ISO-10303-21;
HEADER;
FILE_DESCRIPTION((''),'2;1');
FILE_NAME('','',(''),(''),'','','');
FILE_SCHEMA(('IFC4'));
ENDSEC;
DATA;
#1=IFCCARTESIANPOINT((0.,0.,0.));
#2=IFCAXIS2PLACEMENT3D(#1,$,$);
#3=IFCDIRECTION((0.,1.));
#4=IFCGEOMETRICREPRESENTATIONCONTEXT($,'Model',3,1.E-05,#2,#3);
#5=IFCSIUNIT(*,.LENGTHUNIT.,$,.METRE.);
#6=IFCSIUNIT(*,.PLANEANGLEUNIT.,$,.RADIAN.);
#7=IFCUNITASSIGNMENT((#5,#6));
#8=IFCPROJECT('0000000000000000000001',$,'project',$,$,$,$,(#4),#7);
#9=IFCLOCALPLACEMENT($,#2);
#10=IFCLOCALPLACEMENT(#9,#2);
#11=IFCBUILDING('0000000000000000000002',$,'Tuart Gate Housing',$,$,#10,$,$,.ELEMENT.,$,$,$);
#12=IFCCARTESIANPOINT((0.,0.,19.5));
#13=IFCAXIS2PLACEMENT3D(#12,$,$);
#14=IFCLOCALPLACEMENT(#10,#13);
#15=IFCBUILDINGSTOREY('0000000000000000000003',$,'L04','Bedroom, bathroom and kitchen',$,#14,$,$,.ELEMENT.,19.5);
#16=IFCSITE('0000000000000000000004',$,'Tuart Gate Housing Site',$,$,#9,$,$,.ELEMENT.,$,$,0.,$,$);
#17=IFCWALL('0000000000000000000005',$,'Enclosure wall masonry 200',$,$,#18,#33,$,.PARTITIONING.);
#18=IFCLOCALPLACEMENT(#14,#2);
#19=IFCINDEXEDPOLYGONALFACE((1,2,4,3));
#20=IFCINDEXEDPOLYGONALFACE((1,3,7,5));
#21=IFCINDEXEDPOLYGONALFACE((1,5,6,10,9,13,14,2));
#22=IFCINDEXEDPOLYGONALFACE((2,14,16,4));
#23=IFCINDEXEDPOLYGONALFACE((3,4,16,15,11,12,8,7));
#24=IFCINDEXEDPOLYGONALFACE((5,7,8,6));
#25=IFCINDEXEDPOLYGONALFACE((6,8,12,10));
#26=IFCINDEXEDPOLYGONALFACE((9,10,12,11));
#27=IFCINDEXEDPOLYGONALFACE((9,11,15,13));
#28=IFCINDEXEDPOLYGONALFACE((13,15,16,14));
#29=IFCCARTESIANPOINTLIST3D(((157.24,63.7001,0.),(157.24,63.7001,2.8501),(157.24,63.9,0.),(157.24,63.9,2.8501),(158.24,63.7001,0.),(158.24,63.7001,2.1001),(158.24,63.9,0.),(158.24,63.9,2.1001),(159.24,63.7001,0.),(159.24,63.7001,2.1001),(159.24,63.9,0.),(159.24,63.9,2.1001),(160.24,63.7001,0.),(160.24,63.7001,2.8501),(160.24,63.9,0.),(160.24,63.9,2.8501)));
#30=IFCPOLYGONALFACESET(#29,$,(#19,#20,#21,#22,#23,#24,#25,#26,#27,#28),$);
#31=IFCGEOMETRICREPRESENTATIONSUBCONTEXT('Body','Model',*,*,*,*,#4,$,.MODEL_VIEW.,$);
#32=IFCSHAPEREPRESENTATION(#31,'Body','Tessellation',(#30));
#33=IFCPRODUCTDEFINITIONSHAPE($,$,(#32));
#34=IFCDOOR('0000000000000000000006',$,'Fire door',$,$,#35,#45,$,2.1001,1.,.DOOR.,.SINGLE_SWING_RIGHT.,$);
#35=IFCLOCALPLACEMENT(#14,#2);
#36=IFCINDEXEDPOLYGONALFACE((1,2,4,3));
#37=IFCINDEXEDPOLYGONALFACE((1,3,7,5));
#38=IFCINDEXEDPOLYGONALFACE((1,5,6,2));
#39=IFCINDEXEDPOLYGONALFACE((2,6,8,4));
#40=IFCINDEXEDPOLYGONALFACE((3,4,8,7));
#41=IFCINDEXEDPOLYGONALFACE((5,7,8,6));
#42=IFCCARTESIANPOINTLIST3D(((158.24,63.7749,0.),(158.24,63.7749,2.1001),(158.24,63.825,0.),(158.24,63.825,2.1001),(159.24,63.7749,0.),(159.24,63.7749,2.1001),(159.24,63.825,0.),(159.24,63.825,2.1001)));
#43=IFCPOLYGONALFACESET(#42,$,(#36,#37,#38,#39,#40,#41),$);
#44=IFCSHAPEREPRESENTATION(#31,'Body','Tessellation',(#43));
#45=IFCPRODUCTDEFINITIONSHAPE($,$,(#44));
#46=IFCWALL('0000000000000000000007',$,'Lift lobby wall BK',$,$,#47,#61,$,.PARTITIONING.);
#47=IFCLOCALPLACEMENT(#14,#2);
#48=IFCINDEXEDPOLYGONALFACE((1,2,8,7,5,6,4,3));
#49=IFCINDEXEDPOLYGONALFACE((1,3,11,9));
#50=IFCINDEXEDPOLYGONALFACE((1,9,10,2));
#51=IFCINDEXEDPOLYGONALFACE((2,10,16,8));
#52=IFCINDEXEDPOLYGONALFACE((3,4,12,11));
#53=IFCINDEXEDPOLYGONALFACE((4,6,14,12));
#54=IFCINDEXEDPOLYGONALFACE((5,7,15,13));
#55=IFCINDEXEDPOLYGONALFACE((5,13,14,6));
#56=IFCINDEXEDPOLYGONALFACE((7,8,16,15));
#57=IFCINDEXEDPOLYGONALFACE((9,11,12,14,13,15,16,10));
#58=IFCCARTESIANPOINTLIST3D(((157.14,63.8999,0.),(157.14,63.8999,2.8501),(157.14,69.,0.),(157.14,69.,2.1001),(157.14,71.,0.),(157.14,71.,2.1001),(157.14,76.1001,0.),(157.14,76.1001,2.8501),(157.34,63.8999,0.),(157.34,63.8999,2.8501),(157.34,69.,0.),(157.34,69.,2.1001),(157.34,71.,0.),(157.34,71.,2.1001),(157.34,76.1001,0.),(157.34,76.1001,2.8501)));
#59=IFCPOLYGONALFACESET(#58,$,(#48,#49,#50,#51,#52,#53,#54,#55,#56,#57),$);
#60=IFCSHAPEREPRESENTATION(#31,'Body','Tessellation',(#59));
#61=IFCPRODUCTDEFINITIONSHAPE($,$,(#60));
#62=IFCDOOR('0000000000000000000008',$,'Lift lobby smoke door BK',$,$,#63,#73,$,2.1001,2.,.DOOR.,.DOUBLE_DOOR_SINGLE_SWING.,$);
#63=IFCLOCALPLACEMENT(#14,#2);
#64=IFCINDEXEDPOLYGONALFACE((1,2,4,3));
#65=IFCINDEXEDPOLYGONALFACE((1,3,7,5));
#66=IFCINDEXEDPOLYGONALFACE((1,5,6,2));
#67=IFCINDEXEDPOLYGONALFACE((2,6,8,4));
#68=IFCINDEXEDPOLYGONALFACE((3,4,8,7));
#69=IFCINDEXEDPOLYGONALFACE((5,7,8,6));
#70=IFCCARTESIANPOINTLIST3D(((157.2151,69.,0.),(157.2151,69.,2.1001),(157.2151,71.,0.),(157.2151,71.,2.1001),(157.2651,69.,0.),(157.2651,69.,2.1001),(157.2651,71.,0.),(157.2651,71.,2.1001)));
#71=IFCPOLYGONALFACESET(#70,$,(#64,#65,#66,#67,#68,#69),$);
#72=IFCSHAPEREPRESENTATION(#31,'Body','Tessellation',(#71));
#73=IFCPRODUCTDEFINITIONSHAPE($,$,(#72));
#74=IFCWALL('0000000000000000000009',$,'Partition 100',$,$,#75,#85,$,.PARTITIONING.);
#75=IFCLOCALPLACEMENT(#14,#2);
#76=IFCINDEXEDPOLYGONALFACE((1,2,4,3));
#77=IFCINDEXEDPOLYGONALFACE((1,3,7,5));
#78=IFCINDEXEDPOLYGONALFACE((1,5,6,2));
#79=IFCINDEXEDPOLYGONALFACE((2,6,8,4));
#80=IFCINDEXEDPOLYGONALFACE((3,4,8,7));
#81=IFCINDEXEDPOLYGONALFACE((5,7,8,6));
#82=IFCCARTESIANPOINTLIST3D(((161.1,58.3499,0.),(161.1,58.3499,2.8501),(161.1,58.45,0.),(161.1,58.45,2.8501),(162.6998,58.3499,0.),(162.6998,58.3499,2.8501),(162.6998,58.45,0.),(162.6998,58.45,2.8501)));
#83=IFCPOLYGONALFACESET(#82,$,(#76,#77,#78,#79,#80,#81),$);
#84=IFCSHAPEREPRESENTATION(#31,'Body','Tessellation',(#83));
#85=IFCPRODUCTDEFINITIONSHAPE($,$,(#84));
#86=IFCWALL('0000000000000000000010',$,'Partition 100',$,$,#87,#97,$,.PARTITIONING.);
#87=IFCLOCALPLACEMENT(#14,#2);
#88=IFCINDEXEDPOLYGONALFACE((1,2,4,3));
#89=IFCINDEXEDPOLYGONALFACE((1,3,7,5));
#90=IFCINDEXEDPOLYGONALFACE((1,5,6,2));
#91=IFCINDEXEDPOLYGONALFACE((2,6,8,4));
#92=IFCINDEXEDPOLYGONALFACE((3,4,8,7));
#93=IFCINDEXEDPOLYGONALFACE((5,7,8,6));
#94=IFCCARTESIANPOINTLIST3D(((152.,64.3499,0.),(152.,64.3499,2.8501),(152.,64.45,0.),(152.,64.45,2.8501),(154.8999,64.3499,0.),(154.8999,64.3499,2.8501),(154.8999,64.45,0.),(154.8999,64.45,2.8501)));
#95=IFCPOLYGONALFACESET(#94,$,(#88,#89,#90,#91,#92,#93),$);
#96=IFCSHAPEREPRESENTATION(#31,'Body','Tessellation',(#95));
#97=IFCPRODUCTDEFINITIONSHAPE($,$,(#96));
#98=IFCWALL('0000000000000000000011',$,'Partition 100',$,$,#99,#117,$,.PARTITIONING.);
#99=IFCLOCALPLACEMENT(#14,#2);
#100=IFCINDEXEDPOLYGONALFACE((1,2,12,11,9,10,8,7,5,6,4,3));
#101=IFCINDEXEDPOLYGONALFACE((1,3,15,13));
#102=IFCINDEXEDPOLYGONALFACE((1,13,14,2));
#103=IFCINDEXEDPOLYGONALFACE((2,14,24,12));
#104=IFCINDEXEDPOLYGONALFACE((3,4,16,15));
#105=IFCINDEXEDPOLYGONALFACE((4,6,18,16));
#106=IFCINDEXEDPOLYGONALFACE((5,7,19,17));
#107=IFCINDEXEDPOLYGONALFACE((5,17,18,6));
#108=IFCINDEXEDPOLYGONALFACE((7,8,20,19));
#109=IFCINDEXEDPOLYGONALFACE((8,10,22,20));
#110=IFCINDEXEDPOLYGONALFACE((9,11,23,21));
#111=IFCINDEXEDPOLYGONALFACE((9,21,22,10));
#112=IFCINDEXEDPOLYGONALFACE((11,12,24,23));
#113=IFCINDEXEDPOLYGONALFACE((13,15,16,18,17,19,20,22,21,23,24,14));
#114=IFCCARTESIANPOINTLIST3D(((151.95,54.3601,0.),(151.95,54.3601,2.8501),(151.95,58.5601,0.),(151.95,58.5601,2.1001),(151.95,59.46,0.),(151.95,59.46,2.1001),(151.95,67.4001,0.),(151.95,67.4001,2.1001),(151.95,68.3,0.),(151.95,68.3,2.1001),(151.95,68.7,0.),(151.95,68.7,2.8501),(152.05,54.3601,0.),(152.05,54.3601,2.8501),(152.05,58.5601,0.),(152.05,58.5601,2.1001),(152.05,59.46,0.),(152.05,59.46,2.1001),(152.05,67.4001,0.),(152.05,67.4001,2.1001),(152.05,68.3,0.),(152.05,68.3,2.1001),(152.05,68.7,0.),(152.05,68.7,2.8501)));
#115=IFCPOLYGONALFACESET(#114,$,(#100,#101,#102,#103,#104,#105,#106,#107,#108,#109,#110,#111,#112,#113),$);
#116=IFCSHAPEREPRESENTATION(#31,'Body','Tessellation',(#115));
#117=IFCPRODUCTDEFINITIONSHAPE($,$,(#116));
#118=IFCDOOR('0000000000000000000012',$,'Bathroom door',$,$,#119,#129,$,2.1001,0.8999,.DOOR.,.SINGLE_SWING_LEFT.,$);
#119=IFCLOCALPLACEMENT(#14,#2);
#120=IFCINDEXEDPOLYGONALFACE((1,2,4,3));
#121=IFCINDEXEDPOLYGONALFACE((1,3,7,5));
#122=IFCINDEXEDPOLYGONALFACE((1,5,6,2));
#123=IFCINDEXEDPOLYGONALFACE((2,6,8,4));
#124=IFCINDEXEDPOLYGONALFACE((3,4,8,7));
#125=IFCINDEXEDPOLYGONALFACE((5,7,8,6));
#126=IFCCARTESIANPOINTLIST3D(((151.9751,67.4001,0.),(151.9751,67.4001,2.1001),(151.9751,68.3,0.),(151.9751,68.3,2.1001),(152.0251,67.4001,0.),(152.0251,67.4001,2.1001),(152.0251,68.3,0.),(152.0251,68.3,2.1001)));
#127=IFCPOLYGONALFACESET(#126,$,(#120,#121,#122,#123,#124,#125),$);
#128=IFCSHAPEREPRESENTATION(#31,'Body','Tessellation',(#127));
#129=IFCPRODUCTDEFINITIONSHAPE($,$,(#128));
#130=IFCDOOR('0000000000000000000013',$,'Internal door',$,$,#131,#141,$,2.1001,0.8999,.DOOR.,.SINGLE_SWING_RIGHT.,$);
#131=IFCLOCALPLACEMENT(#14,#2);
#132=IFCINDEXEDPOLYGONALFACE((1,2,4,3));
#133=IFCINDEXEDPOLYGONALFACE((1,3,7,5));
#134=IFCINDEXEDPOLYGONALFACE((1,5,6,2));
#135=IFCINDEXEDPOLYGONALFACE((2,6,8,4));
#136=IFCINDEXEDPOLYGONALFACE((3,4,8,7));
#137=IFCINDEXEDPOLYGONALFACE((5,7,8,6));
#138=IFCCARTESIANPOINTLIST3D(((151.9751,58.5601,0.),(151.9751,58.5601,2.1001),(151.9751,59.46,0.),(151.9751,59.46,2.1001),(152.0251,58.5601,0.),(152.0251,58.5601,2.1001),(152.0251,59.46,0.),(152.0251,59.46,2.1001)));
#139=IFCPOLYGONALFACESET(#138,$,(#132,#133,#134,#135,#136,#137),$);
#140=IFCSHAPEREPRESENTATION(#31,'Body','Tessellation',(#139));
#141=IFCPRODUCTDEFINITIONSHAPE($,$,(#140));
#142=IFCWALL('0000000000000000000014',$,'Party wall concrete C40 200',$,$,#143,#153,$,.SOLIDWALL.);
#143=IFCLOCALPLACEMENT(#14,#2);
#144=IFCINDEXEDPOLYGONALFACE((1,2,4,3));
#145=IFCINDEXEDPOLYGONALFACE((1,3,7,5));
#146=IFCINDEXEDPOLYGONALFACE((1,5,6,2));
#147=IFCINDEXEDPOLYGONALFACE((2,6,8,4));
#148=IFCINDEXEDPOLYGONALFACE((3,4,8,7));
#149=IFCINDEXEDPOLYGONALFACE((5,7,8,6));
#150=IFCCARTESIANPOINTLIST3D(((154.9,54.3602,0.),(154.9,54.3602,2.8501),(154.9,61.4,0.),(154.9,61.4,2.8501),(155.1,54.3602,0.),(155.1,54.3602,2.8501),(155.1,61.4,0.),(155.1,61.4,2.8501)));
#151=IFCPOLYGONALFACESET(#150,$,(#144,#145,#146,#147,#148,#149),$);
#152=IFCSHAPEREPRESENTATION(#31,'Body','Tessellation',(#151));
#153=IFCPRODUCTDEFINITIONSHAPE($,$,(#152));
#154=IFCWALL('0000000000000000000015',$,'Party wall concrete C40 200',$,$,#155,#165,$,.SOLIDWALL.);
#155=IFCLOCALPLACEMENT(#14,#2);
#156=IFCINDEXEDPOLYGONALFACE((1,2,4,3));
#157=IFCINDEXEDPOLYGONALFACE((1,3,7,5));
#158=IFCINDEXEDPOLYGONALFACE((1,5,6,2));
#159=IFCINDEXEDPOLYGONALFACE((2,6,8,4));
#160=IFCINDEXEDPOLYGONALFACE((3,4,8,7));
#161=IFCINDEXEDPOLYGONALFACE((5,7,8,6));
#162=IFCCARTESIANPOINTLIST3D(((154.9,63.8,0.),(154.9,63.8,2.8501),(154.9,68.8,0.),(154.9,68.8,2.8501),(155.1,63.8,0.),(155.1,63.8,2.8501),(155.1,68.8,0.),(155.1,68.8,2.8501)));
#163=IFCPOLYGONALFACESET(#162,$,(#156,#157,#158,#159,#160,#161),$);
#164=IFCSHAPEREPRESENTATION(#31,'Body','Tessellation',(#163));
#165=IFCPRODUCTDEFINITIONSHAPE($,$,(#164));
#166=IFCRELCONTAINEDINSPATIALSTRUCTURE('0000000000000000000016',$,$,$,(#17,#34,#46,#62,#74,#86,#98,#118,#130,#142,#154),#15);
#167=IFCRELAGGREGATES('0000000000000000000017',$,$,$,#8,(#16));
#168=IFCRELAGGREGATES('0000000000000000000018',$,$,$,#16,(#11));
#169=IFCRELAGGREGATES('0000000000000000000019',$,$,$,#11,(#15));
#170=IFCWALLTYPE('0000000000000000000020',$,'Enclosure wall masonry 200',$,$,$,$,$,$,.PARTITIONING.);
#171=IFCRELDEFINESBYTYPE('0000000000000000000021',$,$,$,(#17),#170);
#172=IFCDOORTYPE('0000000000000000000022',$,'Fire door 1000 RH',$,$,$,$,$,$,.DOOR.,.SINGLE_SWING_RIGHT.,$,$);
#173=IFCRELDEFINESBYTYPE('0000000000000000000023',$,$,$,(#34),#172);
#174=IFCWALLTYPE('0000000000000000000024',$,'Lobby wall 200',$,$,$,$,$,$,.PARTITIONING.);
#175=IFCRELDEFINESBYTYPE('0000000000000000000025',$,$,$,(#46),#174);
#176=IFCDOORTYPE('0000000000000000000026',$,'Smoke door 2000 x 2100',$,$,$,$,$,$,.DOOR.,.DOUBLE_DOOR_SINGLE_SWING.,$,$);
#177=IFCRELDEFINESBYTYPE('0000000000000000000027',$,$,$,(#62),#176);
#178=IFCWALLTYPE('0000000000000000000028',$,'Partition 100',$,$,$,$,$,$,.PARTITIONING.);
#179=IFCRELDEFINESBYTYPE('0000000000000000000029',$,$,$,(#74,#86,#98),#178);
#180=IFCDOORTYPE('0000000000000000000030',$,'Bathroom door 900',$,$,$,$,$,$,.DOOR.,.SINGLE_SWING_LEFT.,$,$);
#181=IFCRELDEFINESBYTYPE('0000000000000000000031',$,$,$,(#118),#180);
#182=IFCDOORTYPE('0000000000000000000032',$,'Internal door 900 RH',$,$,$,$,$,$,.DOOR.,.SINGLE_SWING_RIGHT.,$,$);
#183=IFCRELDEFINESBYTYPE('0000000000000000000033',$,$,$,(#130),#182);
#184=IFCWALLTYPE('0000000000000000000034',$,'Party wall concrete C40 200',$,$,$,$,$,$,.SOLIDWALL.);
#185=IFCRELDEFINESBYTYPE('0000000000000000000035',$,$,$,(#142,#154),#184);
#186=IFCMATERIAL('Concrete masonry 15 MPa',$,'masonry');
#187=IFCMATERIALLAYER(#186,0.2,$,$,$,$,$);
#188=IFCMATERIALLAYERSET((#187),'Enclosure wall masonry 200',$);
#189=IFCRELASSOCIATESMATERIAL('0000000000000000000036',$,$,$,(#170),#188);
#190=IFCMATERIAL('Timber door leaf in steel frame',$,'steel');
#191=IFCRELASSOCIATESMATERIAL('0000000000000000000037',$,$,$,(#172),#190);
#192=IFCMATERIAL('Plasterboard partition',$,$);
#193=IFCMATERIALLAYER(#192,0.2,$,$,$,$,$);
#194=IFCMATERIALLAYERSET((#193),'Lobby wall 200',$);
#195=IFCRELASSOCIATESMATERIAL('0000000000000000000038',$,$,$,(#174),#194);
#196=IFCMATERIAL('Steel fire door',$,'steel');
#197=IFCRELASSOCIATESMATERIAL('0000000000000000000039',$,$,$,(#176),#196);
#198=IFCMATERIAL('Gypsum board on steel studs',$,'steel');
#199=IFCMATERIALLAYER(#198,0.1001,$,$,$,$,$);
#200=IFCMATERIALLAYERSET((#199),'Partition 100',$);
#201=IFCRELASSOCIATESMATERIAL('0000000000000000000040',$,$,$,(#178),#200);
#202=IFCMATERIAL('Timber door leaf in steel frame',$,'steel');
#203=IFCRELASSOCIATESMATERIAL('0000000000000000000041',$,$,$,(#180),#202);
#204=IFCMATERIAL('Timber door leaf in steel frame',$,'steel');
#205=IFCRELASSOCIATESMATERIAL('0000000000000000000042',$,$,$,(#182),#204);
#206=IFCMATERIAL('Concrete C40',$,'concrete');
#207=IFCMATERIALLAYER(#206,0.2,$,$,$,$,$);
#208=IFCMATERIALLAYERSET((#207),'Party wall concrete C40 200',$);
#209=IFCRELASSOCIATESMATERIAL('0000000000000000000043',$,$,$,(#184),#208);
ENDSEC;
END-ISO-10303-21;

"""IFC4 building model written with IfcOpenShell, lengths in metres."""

from ifc_helpers import new_model, si_unit, direction, frame, frame_2d, origin, place, context, subcontext, project, spatial, rectangle, extrude, material, layer, layer_set, type_object, element, fill, save


model = new_model("IFC4")

# Units and contexts
model_context = context("Model", 3, precision=1e-05, world=origin(), true_north=direction((0.0, 1.0)))
body_context = subcontext(model_context, "Body", "Model", "MODEL_VIEW")
ifc_project = project(units=[si_unit("LENGTHUNIT", "METRE"), si_unit("PLANEANGLEUNIT", "RADIAN")], contexts=[model_context])

# Site, building, storey
site_placement = place(None, origin())
site = spatial("IfcSite", under=ifc_project, at=site_placement, Name="Tuart Gate Housing Site", CompositionType="ELEMENT", RefElevation=0.0)
building_placement = place(site_placement, origin())
building = spatial("IfcBuilding", under=site, at=building_placement, Name="Tuart Gate Housing", CompositionType="ELEMENT")
storey_placement = place(building_placement, frame((0.0, 0.0, 19.5)))
storey = spatial("IfcBuildingStorey", under=building, at=storey_placement, Name="L04", Description="Bedroom, bathroom and kitchen", CompositionType="ELEMENT", Elevation=19.5)

# Walls, openings, doors
ifc_material_1 = material(Name="Concrete masonry 15 MPa", Category="masonry")
ifc_layer_1 = layer(ifc_material_1, 0.2)
ifc_layer_set_1 = layer_set([ifc_layer_1], Name="Enclosure wall masonry 200")
wall_type_1 = type_object("IfcWallType", Name="Enclosure wall masonry 200", PredefinedType="PARTITIONING", material=ifc_layer_set_1)
wall_1_placement = place(storey_placement, frame((157.24, 63.8, 0.0), z_axis=(0.0, 0.0, 1.0), x_axis=(1.0, 0.0, 0.0)))
wall_1 = element("IfcWall", 1, at=wall_1_placement, inside=storey, type_object=wall_type_1, Name="Enclosure wall masonry 200", PredefinedType="PARTITIONING", context=body_context, shape_type="SweptSolid", body=[
    extrude(rectangle(XDim=3.0, YDim=0.2, at=frame_2d((1.5, 0.0))), origin(), (0.0, 0.0, 1.0), 2.8501),
])
opening_1_placement = place(wall_1_placement, frame((1.0, 0.0, 0.0)))
opening_1 = element("IfcOpeningElement", 2, at=opening_1_placement, cuts=wall_1, PredefinedType="OPENING", context=body_context, shape_type="SweptSolid", body=[
    extrude(rectangle(XDim=1.0, YDim=2.1001, at=frame_2d((0.5, 1.05))), frame((0.0, 0.1099, 0.0), z_axis=(0.0, -1.0, 0.0), x_axis=(1.0, 0.0, 0.0)), (0.0, 0.0, 1.0), 0.22),
])
ifc_material_2 = material(Name="Timber door leaf in steel frame", Category="steel")
door_type_1 = type_object("IfcDoorType", Name="Fire door 1000 RH", OperationType="SINGLE_SWING_RIGHT", PredefinedType="DOOR", material=ifc_material_2)
door_1_placement = place(opening_1_placement, frame((1.0, 0.0, 0.0), z_axis=(0.0, 0.0, 1.0), x_axis=(-1.0, 0.0, 0.0)))
door_1 = element("IfcDoor", 3, at=door_1_placement, inside=storey, type_object=door_type_1, Name="Fire door", OperationType="SINGLE_SWING_RIGHT", OverallHeight=2.1001, OverallWidth=1.0, PredefinedType="DOOR", context=body_context, shape_type="SweptSolid", body=[
    extrude(rectangle(XDim=1.0, YDim=2.1001, at=frame_2d((0.5, 1.05))), frame((0.0, 0.0251, 0.0), z_axis=(0.0, -1.0, 0.0), x_axis=(1.0, 0.0, 0.0)), (0.0, 0.0, 1.0), 0.05),
])
fill(opening_1, door_1)
ifc_material_3 = material(Name="Plasterboard partition")
ifc_layer_2 = layer(ifc_material_3, 0.2)
ifc_layer_set_2 = layer_set([ifc_layer_2], Name="Lobby wall 200")
wall_type_2 = type_object("IfcWallType", Name="Lobby wall 200", PredefinedType="PARTITIONING", material=ifc_layer_set_2)
wall_2_placement = place(storey_placement, frame((157.24, 63.8999, 0.0), z_axis=(0.0, 0.0, 1.0), x_axis=(0.0, 1.0, 0.0)))
wall_2 = element("IfcWall", 4, at=wall_2_placement, inside=storey, type_object=wall_type_2, Name="Lift lobby wall BK", PredefinedType="PARTITIONING", context=body_context, shape_type="SweptSolid", body=[
    extrude(rectangle(XDim=12.2002, YDim=0.2, at=frame_2d((6.1001, 0.0))), origin(), (0.0, 0.0, 1.0), 2.8501),
])
opening_2_placement = place(wall_2_placement, frame((5.1001, 0.0, 0.0)))
opening_2 = element("IfcOpeningElement", 5, at=opening_2_placement, cuts=wall_2, PredefinedType="OPENING", context=body_context, shape_type="SweptSolid", body=[
    extrude(rectangle(XDim=2.0, YDim=2.1001, at=frame_2d((1.0, 1.05))), frame((0.0, 0.1099, 0.0), z_axis=(0.0, -1.0, 0.0), x_axis=(1.0, 0.0, 0.0)), (0.0, 0.0, 1.0), 0.22),
])
ifc_material_4 = material(Name="Steel fire door", Category="steel")
door_type_2 = type_object("IfcDoorType", Name="Smoke door 2000 x 2100", OperationType="DOUBLE_DOOR_SINGLE_SWING", PredefinedType="DOOR", material=ifc_material_4)
door_2_placement = place(opening_2_placement, frame((2.0, 0.0, 0.0), z_axis=(0.0, 0.0, 1.0), x_axis=(-1.0, 0.0, 0.0)))
door_2 = element("IfcDoor", 6, at=door_2_placement, inside=storey, type_object=door_type_2, Name="Lift lobby smoke door BK", OperationType="DOUBLE_DOOR_SINGLE_SWING", OverallHeight=2.1001, OverallWidth=2.0, PredefinedType="DOOR", context=body_context, shape_type="SweptSolid", body=[
    extrude(rectangle(XDim=2.0, YDim=2.1001, at=frame_2d((1.0, 1.05))), frame((0.0, 0.0251, 0.0), z_axis=(0.0, -1.0, 0.0), x_axis=(1.0, 0.0, 0.0)), (0.0, 0.0, 1.0), 0.05),
])
fill(opening_2, door_2)

# Walls
ifc_material_5 = material(Name="Gypsum board on steel studs", Category="steel")
ifc_layer_3 = layer(ifc_material_5, 0.1001)
ifc_layer_set_3 = layer_set([ifc_layer_3], Name="Partition 100")
wall_type_3 = type_object("IfcWallType", Name="Partition 100", PredefinedType="PARTITIONING", material=ifc_layer_set_3)
wall_3_placement = place(storey_placement, frame((161.1001, 58.3999, 0.0), z_axis=(0.0, 0.0, 1.0), x_axis=(1.0, 0.0, 0.0)))
element("IfcWall", 7, at=wall_3_placement, inside=storey, type_object=wall_type_3, Name="Partition 100", PredefinedType="PARTITIONING", context=body_context, shape_type="SweptSolid", body=[
    extrude(rectangle(XDim=1.5999, YDim=0.1001, at=frame_2d((0.7998, 0.0))), origin(), (0.0, 0.0, 1.0), 2.8501),
])
wall_4_placement = place(storey_placement, frame((152.0, 64.3999, 0.0), z_axis=(0.0, 0.0, 1.0), x_axis=(1.0, 0.0, 0.0)))
element("IfcWall", 8, at=wall_4_placement, inside=storey, type_object=wall_type_3, Name="Partition 100", PredefinedType="PARTITIONING", context=body_context, shape_type="SweptSolid", body=[
    extrude(rectangle(XDim=2.8999, YDim=0.1001, at=frame_2d((1.45, 0.0))), origin(), (0.0, 0.0, 1.0), 2.8501),
])

# Wall, openings, doors
wall_5_placement = place(storey_placement, frame((152.0, 54.3601, 0.0), z_axis=(0.0, 0.0, 1.0), x_axis=(0.0, 1.0, 0.0)))
wall_5 = element("IfcWall", 9, at=wall_5_placement, inside=storey, type_object=wall_type_3, Name="Partition 100", PredefinedType="PARTITIONING", context=body_context, shape_type="SweptSolid", body=[
    extrude(rectangle(XDim=14.3398, YDim=0.1001, at=frame_2d((7.1699, 0.0))), origin(), (0.0, 0.0, 1.0), 2.8501),
])
opening_3_placement = place(wall_5_placement, frame((4.2, 0.0, 0.0)))
opening_3 = element("IfcOpeningElement", 10, at=opening_3_placement, cuts=wall_5, PredefinedType="OPENING", context=body_context, shape_type="SweptSolid", body=[
    extrude(rectangle(XDim=0.8999, YDim=2.1001, at=frame_2d((0.45, 1.05))), frame((0.0, 0.0601, 0.0), z_axis=(0.0, -1.0, 0.0), x_axis=(1.0, 0.0, 0.0)), (0.0, 0.0, 1.0), 0.1201),
])
opening_4_placement = place(wall_5_placement, frame((13.04, 0.0, 0.0)))
opening_4 = element("IfcOpeningElement", 11, at=opening_4_placement, cuts=wall_5, PredefinedType="OPENING", context=body_context, shape_type="SweptSolid", body=[
    extrude(rectangle(XDim=0.8999, YDim=2.1001, at=frame_2d((0.45, 1.05))), frame((0.0, 0.0601, 0.0), z_axis=(0.0, -1.0, 0.0), x_axis=(1.0, 0.0, 0.0)), (0.0, 0.0, 1.0), 0.1201),
])
ifc_material_6 = material(Name="Timber door leaf in steel frame", Category="steel")
door_type_3 = type_object("IfcDoorType", Name="Bathroom door 900", OperationType="SINGLE_SWING_LEFT", PredefinedType="DOOR", material=ifc_material_6)
door_3_placement = place(opening_4_placement, frame((0.8999, 0.0, 0.0), z_axis=(0.0, 0.0, 1.0), x_axis=(-1.0, 0.0, 0.0)))
door_3 = element("IfcDoor", 12, at=door_3_placement, inside=storey, type_object=door_type_3, Name="Bathroom door", OperationType="SINGLE_SWING_LEFT", OverallHeight=2.1001, OverallWidth=0.8999, PredefinedType="DOOR", context=body_context, shape_type="SweptSolid", body=[
    extrude(rectangle(XDim=0.8999, YDim=2.1001, at=frame_2d((0.45, 1.05))), frame((0.0, 0.0251, 0.0), z_axis=(0.0, -1.0, 0.0), x_axis=(1.0, 0.0, 0.0)), (0.0, 0.0, 1.0), 0.05),
])
fill(opening_4, door_3)
ifc_material_7 = material(Name="Timber door leaf in steel frame", Category="steel")
door_type_4 = type_object("IfcDoorType", Name="Internal door 900 RH", OperationType="SINGLE_SWING_RIGHT", PredefinedType="DOOR", material=ifc_material_7)
door_4_placement = place(opening_3_placement, frame((0.8999, 0.0, 0.0), z_axis=(0.0, 0.0, 1.0), x_axis=(-1.0, 0.0, 0.0)))
door_4 = element("IfcDoor", 13, at=door_4_placement, inside=storey, type_object=door_type_4, Name="Internal door", OperationType="SINGLE_SWING_RIGHT", OverallHeight=2.1001, OverallWidth=0.8999, PredefinedType="DOOR", context=body_context, shape_type="SweptSolid", body=[
    extrude(rectangle(XDim=0.8999, YDim=2.1001, at=frame_2d((0.45, 1.05))), frame((0.0, 0.0251, 0.0), z_axis=(0.0, -1.0, 0.0), x_axis=(1.0, 0.0, 0.0)), (0.0, 0.0, 1.0), 0.05),
])
fill(opening_3, door_4)

# Walls
ifc_material_8 = material(Name="Concrete C40", Category="concrete")
ifc_layer_4 = layer(ifc_material_8, 0.2)
ifc_layer_set_4 = layer_set([ifc_layer_4], Name="Party wall concrete C40 200")
wall_type_4 = type_object("IfcWallType", Name="Party wall concrete C40 200", PredefinedType="SOLIDWALL", material=ifc_layer_set_4)
wall_6_placement = place(storey_placement, frame((155.0, 54.3601, 0.0), z_axis=(0.0, 0.0, 1.0), x_axis=(0.0, 1.0, 0.0)))
element("IfcWall", 14, at=wall_6_placement, inside=storey, type_object=wall_type_4, Name="Party wall concrete C40 200", PredefinedType="SOLIDWALL", context=body_context, shape_type="SweptSolid", body=[
    extrude(rectangle(XDim=7.0398, YDim=0.2, at=frame_2d((3.52, 0.0))), origin(), (0.0, 0.0, 1.0), 2.8501),
])
wall_7_placement = place(storey_placement, frame((155.0, 63.8, 0.0), z_axis=(0.0, 0.0, 1.0), x_axis=(0.0, 1.0, 0.0)))
element("IfcWall", 15, at=wall_7_placement, inside=storey, type_object=wall_type_4, Name="Party wall concrete C40 200", PredefinedType="SOLIDWALL", context=body_context, shape_type="SweptSolid", body=[
    extrude(rectangle(XDim=5.0, YDim=0.2, at=frame_2d((2.5, 0.0))), origin(), (0.0, 0.0, 1.0), 2.8501),
])

save(model, "model.ifc")
